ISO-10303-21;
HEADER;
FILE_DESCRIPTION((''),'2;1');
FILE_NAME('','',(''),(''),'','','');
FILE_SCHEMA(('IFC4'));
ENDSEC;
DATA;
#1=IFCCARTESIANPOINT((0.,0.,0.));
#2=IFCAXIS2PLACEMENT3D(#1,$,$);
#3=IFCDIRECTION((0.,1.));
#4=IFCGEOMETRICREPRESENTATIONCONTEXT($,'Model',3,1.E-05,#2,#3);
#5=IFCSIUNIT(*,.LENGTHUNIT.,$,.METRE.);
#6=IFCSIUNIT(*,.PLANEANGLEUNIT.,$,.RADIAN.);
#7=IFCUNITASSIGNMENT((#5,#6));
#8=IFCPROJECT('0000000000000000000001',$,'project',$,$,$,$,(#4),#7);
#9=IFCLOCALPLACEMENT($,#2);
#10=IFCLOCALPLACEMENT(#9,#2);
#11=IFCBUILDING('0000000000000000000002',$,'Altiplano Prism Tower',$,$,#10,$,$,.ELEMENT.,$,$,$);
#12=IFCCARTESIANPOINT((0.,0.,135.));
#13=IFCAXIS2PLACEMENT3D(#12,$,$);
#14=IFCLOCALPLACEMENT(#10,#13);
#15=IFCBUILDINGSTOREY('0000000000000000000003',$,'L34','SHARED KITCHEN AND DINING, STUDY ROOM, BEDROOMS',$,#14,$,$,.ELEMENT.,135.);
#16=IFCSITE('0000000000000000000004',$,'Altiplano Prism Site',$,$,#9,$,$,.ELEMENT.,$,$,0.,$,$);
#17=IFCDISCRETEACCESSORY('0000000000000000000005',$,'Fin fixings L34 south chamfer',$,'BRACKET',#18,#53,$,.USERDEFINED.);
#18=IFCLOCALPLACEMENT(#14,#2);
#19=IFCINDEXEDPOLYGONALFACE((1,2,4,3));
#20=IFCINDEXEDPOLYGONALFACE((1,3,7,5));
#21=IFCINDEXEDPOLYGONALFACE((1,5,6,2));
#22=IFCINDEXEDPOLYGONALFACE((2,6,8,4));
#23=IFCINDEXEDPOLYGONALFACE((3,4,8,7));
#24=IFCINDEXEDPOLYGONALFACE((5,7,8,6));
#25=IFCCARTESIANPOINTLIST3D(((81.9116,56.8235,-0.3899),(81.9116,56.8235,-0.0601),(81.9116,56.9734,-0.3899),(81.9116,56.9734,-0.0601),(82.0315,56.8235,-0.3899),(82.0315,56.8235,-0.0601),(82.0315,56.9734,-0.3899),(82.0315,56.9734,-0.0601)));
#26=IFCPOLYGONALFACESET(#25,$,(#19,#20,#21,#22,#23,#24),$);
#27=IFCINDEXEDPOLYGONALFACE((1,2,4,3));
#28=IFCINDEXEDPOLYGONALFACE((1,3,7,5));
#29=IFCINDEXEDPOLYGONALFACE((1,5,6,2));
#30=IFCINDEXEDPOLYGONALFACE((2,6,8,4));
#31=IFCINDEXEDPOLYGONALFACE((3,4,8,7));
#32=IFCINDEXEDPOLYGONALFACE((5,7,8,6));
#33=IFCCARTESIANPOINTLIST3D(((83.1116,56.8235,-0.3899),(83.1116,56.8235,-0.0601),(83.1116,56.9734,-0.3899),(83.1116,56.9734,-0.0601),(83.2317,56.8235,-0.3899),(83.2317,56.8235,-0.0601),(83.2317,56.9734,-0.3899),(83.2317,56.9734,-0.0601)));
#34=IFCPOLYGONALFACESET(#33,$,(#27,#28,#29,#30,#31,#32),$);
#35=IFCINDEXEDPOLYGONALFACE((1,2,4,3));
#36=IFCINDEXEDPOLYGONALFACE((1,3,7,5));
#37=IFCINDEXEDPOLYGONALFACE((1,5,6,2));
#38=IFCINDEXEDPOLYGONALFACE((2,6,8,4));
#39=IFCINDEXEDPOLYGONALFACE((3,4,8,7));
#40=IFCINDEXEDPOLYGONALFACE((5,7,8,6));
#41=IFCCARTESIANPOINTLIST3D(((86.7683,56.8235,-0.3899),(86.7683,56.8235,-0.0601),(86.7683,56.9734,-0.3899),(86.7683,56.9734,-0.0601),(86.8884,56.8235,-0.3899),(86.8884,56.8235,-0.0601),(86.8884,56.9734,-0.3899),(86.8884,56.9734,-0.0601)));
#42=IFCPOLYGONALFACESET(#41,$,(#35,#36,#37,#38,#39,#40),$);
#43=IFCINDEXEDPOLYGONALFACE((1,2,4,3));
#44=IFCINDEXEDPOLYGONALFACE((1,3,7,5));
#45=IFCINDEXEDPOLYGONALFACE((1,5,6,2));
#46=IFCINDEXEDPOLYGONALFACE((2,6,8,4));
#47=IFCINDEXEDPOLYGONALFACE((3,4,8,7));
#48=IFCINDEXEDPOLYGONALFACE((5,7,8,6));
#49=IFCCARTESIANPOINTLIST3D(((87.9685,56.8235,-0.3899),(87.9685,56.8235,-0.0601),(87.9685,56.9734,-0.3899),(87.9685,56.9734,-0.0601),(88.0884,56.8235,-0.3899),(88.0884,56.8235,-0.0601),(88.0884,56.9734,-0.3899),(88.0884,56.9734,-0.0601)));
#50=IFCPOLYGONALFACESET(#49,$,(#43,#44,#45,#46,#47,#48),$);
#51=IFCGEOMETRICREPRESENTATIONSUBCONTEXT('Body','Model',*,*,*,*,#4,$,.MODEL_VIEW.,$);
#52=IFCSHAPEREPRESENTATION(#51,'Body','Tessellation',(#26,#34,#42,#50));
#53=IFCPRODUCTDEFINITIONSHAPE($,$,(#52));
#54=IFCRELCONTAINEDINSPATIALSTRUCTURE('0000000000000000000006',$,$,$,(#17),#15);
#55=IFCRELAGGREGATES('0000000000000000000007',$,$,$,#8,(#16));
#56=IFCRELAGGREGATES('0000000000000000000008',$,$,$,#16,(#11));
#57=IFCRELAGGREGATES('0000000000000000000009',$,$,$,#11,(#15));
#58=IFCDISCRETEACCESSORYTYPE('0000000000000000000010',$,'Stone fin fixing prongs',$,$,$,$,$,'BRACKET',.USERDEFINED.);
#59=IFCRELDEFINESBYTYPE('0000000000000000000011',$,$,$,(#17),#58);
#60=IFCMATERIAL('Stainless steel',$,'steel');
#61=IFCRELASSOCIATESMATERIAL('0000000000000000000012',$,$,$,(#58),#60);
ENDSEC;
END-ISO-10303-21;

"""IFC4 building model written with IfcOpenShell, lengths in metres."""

from ifc_helpers import new_model, si_unit, direction, frame, origin, place, context, subcontext, project, spatial, polyline, outline, extrude, source, transform, mapped, material, type_object, element, save


model = new_model("IFC4")

# Units and contexts
model_context = context("Model", 3, precision=1e-05, world=origin(), true_north=direction((0.0, 1.0)))
body_context = subcontext(model_context, "Body", "Model", "MODEL_VIEW")
ifc_project = project(units=[si_unit("LENGTHUNIT", "METRE"), si_unit("PLANEANGLEUNIT", "RADIAN")], contexts=[model_context])

# Site, building, storey
site_placement = place(None, origin())
site = spatial("IfcSite", under=ifc_project, at=site_placement, Name="Altiplano Prism Site", CompositionType="ELEMENT", RefElevation=0.0)
building_placement = place(site_placement, origin())
building = spatial("IfcBuilding", under=site, at=building_placement, Name="Altiplano Prism Tower", CompositionType="ELEMENT")
storey_placement = place(building_placement, frame((0.0, 0.0, 135.0)))
storey = spatial("IfcBuildingStorey", under=building, at=storey_placement, Name="L34", Description="SHARED KITCHEN AND DINING, STUDY ROOM, BEDROOMS", CompositionType="ELEMENT", Elevation=135.0)

# Discrete accessory
ifc_material_1 = material(Name="Stainless steel", Category="steel")
discrete_accessory_type = type_object("IfcDiscreteAccessoryType", Name="Stone fin fixing prongs", ElementType="BRACKET", PredefinedType="USERDEFINED", material=ifc_material_1)
shared_shape_1 = source(origin(), body_context, "Body", "SweptSolid", [
    extrude(outline(polyline([(-3.0884, 0.0601), (-2.9685, 0.0601), (-2.9685, 0.3899), (-3.0884, 0.3899), (-3.0884, 0.0601)])), frame((0.0, 0.0, 0.0), z_axis=(0.0, -1.0, 0.0), x_axis=(1.0, 0.0, 0.0)), (0.0, 0.0, 1.0), 0.1499),
    extrude(outline(polyline([(-1.8884, 0.0601), (-1.7683, 0.0601), (-1.7683, 0.3899), (-1.8884, 0.3899), (-1.8884, 0.0601)])), frame((0.0, 0.0, 0.0), z_axis=(0.0, -1.0, 0.0), x_axis=(1.0, 0.0, 0.0)), (0.0, 0.0, 1.0), 0.1499),
    extrude(outline(polyline([(1.7683, 0.0601), (1.8884, 0.0601), (1.8884, 0.3899), (1.7683, 0.3899), (1.7683, 0.0601)])), frame((0.0, 0.0, 0.0), z_axis=(0.0, -1.0, 0.0), x_axis=(1.0, 0.0, 0.0)), (0.0, 0.0, 1.0), 0.1499),
    extrude(outline(polyline([(2.9685, 0.0601), (3.0884, 0.0601), (3.0884, 0.3899), (2.9685, 0.3899), (2.9685, 0.0601)])), frame((0.0, 0.0, 0.0), z_axis=(0.0, -1.0, 0.0), x_axis=(1.0, 0.0, 0.0)), (0.0, 0.0, 1.0), 0.1499),
])
discrete_accessory_1_placement = place(storey_placement, origin())
element("IfcDiscreteAccessory", 1, at=discrete_accessory_1_placement, inside=storey, type_object=discrete_accessory_type, Name="Fin fixings L34 south chamfer", ObjectType="BRACKET", PredefinedType="USERDEFINED", context=body_context, shape_type="MappedRepresentation", body=[
    mapped(shared_shape_1, transform((85.0, 56.9734, -0.45), x_axis=(1.0, 0.0, 0.0), y_axis=(0.0, 1.0, 0.0), z_axis=(0.0, 0.0, 1.0))),
])

save(model, "model.ifc")
